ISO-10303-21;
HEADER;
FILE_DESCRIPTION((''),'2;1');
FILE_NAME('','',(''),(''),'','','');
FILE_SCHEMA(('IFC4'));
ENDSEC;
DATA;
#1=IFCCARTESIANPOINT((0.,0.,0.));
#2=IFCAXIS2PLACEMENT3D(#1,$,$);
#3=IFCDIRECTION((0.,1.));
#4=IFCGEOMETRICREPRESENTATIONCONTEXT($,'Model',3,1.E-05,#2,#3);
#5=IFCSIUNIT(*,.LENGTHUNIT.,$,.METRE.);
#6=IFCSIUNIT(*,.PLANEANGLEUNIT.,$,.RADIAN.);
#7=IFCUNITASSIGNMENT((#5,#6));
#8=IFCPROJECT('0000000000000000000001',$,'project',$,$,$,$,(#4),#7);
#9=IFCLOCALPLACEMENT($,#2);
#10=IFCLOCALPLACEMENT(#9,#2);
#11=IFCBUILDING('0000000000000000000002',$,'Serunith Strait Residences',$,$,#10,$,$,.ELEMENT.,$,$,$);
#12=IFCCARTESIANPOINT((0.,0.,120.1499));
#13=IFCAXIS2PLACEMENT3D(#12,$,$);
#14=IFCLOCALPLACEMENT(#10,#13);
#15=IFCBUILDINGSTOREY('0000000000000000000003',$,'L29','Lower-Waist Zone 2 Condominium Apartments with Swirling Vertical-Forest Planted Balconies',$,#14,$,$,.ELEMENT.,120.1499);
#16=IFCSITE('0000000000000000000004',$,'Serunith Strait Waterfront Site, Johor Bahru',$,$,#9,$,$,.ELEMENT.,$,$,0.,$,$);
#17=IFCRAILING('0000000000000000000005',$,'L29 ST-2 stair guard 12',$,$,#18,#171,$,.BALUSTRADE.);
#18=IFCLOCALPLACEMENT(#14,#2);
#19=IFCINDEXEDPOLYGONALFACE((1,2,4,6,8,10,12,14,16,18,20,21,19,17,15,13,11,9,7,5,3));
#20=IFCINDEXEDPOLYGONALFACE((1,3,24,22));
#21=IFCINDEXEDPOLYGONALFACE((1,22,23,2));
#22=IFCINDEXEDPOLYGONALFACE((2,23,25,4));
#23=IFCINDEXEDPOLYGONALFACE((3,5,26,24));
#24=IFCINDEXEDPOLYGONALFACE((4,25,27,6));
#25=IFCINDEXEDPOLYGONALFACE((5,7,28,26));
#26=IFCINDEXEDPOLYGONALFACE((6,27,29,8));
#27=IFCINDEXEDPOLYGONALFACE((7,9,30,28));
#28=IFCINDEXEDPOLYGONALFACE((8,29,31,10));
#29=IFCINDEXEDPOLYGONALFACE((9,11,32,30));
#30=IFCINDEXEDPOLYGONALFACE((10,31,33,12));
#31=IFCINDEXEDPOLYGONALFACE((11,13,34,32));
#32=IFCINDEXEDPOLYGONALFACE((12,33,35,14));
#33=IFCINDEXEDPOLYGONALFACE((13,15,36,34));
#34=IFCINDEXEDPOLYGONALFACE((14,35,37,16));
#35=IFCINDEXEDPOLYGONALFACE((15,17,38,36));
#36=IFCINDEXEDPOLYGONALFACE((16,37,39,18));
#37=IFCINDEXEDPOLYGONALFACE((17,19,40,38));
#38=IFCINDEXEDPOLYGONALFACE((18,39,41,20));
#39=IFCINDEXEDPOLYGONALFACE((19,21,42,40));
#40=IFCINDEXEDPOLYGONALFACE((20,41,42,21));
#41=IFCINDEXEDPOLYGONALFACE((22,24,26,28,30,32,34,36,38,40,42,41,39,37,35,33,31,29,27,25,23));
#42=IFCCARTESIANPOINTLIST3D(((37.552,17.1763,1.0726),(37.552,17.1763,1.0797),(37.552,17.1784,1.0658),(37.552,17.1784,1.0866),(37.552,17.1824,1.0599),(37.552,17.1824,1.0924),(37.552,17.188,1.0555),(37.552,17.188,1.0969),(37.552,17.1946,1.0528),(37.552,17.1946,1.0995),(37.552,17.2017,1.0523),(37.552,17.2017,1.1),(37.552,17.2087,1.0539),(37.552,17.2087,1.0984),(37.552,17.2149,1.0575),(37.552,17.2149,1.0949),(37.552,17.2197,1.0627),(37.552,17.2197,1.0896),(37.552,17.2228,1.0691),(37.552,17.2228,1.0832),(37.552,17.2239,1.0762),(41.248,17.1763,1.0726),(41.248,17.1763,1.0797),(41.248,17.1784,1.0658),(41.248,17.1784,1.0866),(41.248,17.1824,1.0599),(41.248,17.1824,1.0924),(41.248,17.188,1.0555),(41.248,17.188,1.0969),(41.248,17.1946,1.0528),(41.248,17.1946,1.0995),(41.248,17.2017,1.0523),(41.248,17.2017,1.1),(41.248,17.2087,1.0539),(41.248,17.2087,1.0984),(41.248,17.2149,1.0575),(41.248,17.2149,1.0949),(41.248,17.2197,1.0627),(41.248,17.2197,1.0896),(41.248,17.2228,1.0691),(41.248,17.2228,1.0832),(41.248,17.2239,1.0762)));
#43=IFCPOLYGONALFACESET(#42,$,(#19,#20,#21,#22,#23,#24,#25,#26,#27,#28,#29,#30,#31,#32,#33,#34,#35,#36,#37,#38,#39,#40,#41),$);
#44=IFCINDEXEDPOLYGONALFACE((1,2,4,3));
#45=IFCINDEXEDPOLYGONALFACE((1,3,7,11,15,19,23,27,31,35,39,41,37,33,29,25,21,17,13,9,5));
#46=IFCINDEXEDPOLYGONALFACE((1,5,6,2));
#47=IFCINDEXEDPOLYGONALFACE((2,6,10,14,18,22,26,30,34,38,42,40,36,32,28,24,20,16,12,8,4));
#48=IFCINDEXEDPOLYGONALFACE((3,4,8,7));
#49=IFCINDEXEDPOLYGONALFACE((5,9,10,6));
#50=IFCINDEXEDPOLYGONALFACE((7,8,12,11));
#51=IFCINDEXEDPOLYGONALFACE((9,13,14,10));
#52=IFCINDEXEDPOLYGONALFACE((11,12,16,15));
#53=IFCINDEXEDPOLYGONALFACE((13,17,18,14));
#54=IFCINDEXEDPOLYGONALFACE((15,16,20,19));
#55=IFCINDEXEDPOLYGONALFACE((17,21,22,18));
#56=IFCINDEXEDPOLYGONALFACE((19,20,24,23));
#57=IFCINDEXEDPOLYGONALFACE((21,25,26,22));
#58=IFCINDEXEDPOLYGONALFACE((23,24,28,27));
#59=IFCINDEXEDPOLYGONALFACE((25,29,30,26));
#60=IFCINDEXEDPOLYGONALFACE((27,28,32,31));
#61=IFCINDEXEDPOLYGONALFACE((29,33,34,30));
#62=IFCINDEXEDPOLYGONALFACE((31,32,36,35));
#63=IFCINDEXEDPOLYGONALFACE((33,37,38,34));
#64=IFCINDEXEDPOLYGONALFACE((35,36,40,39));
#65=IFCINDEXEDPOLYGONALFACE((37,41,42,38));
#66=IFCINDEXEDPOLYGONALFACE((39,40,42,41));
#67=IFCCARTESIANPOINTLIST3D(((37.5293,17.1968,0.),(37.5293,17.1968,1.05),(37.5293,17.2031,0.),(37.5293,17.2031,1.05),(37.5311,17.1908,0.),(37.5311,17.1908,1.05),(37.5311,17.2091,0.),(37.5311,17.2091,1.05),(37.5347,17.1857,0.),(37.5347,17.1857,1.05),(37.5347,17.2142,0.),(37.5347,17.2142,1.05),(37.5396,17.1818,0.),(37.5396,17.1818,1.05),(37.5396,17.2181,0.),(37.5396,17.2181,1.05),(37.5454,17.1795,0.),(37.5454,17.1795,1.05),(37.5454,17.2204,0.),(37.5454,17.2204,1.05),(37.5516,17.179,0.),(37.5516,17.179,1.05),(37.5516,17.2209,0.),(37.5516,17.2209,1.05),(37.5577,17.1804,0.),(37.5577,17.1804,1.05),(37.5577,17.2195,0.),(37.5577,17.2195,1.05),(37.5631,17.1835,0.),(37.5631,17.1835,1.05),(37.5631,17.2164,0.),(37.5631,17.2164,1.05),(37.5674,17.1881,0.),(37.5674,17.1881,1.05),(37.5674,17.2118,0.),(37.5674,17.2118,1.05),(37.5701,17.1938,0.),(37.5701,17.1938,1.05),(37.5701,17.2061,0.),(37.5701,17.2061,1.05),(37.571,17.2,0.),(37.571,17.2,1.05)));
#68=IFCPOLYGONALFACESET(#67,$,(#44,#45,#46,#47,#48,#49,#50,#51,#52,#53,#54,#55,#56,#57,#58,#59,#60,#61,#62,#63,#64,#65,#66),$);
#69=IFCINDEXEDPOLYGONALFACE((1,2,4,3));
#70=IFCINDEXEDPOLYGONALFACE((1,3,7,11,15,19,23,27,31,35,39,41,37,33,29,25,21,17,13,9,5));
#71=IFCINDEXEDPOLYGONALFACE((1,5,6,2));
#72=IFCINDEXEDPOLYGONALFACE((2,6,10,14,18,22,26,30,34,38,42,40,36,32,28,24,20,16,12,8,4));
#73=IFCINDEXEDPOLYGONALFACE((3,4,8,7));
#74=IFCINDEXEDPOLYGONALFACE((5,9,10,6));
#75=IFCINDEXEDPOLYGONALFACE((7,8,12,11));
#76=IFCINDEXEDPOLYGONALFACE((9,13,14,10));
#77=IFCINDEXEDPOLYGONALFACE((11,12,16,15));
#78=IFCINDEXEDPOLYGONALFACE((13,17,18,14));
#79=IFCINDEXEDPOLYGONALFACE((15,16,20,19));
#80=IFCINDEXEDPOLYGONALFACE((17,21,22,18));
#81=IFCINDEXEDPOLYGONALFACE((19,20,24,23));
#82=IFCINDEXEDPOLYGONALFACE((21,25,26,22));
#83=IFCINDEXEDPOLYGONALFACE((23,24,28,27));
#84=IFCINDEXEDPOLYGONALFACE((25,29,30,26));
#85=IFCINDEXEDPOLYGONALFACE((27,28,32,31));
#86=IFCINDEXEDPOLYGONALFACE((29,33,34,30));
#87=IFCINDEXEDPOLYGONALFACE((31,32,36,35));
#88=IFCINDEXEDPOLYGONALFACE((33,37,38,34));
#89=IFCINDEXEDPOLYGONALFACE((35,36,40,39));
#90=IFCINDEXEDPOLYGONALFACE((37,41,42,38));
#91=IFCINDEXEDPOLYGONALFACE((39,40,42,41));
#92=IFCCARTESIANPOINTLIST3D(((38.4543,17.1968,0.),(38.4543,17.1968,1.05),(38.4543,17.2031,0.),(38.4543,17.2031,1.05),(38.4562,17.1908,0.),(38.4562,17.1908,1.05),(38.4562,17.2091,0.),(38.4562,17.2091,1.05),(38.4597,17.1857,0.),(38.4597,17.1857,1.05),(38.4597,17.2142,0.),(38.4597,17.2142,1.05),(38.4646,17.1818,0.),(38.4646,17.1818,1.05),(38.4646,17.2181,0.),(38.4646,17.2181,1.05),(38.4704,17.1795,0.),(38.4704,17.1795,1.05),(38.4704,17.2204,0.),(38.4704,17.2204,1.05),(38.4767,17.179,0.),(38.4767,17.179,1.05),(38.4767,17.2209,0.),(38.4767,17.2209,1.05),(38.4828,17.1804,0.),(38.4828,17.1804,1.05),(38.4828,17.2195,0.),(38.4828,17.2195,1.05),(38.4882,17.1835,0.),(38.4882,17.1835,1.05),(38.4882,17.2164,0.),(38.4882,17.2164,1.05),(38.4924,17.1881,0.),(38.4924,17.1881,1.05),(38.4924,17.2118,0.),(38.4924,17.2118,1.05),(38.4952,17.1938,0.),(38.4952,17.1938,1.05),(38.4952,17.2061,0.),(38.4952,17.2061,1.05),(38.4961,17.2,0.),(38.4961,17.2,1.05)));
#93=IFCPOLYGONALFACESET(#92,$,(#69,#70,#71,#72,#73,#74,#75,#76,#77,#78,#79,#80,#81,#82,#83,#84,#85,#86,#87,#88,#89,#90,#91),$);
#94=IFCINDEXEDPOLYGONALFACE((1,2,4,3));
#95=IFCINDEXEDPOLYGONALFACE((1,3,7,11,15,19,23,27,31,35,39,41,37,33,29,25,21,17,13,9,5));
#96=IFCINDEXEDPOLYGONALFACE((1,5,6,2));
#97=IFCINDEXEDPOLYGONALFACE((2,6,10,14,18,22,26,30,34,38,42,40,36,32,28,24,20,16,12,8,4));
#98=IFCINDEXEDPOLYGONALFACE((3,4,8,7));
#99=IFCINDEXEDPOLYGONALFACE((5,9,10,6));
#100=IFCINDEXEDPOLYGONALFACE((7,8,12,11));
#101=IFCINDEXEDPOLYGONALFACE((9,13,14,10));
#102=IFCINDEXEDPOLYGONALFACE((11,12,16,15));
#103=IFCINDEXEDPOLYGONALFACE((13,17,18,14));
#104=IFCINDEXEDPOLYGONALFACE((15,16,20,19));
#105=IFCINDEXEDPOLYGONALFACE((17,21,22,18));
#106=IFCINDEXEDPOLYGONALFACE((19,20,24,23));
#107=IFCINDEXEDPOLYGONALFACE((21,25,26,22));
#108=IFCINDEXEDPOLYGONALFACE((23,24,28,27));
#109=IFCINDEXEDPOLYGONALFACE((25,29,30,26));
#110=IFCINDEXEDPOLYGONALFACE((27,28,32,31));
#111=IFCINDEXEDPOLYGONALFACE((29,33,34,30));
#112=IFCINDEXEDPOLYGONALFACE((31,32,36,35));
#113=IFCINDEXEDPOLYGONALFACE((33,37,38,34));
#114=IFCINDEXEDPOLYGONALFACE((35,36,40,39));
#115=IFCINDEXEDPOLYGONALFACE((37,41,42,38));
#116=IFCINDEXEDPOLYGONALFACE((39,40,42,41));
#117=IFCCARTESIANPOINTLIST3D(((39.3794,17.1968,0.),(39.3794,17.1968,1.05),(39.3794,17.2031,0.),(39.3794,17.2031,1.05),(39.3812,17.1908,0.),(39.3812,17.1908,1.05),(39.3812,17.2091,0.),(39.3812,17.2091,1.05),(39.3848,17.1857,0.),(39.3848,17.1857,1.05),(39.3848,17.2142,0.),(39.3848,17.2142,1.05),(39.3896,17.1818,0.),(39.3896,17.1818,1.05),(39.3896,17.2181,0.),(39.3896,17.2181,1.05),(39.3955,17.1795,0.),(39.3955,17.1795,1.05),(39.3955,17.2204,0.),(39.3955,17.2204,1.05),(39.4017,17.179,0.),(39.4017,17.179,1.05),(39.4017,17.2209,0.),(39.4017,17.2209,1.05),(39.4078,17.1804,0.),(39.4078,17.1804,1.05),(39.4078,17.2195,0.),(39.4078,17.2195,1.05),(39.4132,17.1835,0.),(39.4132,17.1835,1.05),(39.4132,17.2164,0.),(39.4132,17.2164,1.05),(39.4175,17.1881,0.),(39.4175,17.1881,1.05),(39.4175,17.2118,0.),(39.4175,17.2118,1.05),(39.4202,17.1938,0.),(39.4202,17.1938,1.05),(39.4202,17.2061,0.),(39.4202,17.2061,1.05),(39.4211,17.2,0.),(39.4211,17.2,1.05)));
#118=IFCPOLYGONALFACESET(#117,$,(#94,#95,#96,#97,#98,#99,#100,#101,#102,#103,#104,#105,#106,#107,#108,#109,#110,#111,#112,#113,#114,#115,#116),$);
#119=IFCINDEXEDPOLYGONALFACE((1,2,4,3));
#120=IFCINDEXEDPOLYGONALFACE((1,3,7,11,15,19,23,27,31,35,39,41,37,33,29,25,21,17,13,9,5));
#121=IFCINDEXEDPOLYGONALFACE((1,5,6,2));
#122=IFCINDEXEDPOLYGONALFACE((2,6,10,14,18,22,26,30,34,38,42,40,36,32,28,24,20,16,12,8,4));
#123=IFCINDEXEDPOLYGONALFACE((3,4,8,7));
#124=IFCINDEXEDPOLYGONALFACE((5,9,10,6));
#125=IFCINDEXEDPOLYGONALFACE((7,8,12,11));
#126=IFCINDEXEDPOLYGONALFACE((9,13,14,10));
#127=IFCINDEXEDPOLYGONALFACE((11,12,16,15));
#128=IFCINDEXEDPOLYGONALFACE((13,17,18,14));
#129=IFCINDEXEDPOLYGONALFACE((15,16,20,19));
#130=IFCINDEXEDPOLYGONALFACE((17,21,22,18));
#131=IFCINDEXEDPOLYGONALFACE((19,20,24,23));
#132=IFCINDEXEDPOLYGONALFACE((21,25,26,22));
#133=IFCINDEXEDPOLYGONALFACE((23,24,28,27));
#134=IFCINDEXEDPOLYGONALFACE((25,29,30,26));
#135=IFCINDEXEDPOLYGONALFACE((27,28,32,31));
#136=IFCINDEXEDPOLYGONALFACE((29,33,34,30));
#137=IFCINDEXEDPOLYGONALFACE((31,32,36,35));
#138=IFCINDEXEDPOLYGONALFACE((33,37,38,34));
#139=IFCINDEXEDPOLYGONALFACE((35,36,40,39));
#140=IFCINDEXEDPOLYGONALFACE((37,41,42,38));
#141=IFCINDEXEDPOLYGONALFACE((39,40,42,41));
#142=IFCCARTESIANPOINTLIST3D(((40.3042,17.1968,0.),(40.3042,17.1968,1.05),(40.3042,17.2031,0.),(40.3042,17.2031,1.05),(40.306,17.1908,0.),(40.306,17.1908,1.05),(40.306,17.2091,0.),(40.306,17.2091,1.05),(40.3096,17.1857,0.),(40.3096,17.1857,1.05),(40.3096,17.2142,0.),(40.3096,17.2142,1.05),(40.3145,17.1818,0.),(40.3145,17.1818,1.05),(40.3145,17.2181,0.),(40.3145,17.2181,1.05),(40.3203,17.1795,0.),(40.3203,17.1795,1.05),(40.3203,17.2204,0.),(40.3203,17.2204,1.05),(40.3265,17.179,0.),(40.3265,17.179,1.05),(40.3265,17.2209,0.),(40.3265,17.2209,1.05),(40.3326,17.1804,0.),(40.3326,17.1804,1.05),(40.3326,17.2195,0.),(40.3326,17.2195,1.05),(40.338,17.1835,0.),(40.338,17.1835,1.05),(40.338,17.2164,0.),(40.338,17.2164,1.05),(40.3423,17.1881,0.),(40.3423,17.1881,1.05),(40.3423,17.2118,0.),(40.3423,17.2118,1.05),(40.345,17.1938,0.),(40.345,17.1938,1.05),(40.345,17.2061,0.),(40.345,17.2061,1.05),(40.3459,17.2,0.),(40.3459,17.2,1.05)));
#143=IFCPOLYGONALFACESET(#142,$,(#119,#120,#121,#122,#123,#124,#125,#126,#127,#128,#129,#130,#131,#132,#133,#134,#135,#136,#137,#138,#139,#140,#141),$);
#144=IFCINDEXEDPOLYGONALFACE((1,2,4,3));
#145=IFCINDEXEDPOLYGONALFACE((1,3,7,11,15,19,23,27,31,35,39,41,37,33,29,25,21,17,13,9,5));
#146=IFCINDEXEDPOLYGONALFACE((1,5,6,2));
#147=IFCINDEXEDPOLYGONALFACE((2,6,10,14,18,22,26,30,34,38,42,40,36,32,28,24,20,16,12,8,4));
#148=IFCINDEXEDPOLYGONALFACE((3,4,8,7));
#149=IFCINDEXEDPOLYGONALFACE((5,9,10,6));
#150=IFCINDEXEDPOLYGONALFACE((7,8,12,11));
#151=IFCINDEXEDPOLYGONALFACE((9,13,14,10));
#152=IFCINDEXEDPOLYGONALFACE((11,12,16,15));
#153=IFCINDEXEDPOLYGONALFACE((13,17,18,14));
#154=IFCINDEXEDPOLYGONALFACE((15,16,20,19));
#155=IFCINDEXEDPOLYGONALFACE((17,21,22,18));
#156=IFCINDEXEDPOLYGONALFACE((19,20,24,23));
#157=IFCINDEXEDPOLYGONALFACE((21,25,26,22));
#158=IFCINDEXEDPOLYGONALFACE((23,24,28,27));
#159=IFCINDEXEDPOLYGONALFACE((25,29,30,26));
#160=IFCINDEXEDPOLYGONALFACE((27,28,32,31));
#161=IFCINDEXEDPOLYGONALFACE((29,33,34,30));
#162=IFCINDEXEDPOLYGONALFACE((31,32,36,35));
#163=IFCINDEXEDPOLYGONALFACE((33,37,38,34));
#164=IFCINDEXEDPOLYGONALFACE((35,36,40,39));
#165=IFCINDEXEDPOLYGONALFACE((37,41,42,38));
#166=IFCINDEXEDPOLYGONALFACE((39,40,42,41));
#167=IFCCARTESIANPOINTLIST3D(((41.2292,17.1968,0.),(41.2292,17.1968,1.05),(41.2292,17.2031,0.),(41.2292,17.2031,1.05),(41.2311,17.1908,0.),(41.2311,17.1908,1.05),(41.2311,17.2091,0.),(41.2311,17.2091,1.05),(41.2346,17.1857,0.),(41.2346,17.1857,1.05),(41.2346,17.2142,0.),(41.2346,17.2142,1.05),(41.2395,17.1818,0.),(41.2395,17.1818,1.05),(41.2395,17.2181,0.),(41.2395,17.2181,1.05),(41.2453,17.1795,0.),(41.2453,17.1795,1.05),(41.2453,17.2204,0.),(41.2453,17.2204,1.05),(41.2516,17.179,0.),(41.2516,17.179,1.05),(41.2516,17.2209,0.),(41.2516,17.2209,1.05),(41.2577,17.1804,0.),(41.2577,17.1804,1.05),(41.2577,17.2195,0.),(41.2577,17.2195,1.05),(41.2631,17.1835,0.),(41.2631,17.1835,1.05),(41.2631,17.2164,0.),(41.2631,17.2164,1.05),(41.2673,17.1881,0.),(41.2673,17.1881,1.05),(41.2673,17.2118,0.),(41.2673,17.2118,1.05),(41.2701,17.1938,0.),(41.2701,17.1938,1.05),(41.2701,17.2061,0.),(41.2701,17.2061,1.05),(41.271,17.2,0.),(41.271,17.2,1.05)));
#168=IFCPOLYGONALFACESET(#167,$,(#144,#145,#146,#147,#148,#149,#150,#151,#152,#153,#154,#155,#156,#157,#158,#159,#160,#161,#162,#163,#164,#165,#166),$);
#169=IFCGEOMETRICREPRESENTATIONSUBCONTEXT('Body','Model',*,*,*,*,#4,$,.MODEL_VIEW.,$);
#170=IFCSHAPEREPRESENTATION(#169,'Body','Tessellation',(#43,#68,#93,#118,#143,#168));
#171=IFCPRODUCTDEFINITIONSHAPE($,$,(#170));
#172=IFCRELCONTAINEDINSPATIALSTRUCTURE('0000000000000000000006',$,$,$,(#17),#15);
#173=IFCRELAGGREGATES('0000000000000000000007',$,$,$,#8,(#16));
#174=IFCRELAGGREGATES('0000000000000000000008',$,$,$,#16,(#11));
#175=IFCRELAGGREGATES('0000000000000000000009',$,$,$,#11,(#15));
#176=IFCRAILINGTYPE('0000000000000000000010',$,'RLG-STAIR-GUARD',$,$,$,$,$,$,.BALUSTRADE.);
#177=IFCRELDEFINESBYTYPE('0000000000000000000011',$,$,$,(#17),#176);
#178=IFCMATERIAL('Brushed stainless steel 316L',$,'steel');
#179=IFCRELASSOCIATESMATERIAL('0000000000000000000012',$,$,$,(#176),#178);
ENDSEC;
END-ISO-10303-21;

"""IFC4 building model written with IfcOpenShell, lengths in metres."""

from ifc_helpers import new_model, si_unit, direction, frame, origin, origin_2d, place, context, subcontext, project, spatial, circle, extrude, material, type_object, element, save


model = new_model("IFC4")

# Units and contexts
model_context = context("Model", 3, precision=1e-05, world=origin(), true_north=direction((0.0, 1.0)))
body_context = subcontext(model_context, "Body", "Model", "MODEL_VIEW")
ifc_project = project(units=[si_unit("LENGTHUNIT", "METRE"), si_unit("PLANEANGLEUNIT", "RADIAN")], contexts=[model_context])

# Site, building, storey
site_placement = place(None, origin())
site = spatial("IfcSite", under=ifc_project, at=site_placement, Name="Serunith Strait Waterfront Site, Johor Bahru", CompositionType="ELEMENT", RefElevation=0.0)
building_placement = place(site_placement, origin())
building = spatial("IfcBuilding", under=site, at=building_placement, Name="Serunith Strait Residences", CompositionType="ELEMENT")
storey_placement = place(building_placement, frame((0.0, 0.0, 120.1499)))
storey = spatial("IfcBuildingStorey", under=building, at=storey_placement, Name="L29", Description="Lower-Waist Zone 2 Condominium Apartments with Swirling Vertical-Forest Planted Balconies", CompositionType="ELEMENT", Elevation=120.1499)

# Railing
ifc_material_1 = material(Name="Brushed stainless steel 316L", Category="steel")
railing_type_1 = type_object("IfcRailingType", Name="RLG-STAIR-GUARD", PredefinedType="BALUSTRADE", material=ifc_material_1)
railing_1_placement = place(storey_placement, frame((37.55, 17.2, 0.0)))
element("IfcRailing", 1, at=railing_1_placement, inside=storey, type_object=railing_type_1, Name="L29 ST-2 stair guard 12", PredefinedType="BALUSTRADE", context=body_context, shape_type="SweptSolid", body=[
    extrude(circle(Radius=0.0239, at=origin_2d()), frame((0.002, 0.0, 1.0762), z_axis=(1.0, 0.0, 0.0), x_axis=(0.0, 1.0, 0.0)), (0.0, 0.0, 1.0), 3.696),
    extrude(circle(Radius=0.021, at=origin_2d()), origin(), (0.0, 0.0, 1.0), 1.05),
    extrude(circle(Radius=0.021, at=origin_2d()), frame((0.925, 0.0, 0.0)), (0.0, 0.0, 1.0), 1.05),
    extrude(circle(Radius=0.021, at=origin_2d()), frame((1.8501, 0.0, 0.0)), (0.0, 0.0, 1.0), 1.05),
    extrude(circle(Radius=0.021, at=origin_2d()), frame((2.7749, 0.0, 0.0)), (0.0, 0.0, 1.0), 1.05),
    extrude(circle(Radius=0.021, at=origin_2d()), frame((3.7, 0.0, 0.0)), (0.0, 0.0, 1.0), 1.05),
])

save(model, "model.ifc")
